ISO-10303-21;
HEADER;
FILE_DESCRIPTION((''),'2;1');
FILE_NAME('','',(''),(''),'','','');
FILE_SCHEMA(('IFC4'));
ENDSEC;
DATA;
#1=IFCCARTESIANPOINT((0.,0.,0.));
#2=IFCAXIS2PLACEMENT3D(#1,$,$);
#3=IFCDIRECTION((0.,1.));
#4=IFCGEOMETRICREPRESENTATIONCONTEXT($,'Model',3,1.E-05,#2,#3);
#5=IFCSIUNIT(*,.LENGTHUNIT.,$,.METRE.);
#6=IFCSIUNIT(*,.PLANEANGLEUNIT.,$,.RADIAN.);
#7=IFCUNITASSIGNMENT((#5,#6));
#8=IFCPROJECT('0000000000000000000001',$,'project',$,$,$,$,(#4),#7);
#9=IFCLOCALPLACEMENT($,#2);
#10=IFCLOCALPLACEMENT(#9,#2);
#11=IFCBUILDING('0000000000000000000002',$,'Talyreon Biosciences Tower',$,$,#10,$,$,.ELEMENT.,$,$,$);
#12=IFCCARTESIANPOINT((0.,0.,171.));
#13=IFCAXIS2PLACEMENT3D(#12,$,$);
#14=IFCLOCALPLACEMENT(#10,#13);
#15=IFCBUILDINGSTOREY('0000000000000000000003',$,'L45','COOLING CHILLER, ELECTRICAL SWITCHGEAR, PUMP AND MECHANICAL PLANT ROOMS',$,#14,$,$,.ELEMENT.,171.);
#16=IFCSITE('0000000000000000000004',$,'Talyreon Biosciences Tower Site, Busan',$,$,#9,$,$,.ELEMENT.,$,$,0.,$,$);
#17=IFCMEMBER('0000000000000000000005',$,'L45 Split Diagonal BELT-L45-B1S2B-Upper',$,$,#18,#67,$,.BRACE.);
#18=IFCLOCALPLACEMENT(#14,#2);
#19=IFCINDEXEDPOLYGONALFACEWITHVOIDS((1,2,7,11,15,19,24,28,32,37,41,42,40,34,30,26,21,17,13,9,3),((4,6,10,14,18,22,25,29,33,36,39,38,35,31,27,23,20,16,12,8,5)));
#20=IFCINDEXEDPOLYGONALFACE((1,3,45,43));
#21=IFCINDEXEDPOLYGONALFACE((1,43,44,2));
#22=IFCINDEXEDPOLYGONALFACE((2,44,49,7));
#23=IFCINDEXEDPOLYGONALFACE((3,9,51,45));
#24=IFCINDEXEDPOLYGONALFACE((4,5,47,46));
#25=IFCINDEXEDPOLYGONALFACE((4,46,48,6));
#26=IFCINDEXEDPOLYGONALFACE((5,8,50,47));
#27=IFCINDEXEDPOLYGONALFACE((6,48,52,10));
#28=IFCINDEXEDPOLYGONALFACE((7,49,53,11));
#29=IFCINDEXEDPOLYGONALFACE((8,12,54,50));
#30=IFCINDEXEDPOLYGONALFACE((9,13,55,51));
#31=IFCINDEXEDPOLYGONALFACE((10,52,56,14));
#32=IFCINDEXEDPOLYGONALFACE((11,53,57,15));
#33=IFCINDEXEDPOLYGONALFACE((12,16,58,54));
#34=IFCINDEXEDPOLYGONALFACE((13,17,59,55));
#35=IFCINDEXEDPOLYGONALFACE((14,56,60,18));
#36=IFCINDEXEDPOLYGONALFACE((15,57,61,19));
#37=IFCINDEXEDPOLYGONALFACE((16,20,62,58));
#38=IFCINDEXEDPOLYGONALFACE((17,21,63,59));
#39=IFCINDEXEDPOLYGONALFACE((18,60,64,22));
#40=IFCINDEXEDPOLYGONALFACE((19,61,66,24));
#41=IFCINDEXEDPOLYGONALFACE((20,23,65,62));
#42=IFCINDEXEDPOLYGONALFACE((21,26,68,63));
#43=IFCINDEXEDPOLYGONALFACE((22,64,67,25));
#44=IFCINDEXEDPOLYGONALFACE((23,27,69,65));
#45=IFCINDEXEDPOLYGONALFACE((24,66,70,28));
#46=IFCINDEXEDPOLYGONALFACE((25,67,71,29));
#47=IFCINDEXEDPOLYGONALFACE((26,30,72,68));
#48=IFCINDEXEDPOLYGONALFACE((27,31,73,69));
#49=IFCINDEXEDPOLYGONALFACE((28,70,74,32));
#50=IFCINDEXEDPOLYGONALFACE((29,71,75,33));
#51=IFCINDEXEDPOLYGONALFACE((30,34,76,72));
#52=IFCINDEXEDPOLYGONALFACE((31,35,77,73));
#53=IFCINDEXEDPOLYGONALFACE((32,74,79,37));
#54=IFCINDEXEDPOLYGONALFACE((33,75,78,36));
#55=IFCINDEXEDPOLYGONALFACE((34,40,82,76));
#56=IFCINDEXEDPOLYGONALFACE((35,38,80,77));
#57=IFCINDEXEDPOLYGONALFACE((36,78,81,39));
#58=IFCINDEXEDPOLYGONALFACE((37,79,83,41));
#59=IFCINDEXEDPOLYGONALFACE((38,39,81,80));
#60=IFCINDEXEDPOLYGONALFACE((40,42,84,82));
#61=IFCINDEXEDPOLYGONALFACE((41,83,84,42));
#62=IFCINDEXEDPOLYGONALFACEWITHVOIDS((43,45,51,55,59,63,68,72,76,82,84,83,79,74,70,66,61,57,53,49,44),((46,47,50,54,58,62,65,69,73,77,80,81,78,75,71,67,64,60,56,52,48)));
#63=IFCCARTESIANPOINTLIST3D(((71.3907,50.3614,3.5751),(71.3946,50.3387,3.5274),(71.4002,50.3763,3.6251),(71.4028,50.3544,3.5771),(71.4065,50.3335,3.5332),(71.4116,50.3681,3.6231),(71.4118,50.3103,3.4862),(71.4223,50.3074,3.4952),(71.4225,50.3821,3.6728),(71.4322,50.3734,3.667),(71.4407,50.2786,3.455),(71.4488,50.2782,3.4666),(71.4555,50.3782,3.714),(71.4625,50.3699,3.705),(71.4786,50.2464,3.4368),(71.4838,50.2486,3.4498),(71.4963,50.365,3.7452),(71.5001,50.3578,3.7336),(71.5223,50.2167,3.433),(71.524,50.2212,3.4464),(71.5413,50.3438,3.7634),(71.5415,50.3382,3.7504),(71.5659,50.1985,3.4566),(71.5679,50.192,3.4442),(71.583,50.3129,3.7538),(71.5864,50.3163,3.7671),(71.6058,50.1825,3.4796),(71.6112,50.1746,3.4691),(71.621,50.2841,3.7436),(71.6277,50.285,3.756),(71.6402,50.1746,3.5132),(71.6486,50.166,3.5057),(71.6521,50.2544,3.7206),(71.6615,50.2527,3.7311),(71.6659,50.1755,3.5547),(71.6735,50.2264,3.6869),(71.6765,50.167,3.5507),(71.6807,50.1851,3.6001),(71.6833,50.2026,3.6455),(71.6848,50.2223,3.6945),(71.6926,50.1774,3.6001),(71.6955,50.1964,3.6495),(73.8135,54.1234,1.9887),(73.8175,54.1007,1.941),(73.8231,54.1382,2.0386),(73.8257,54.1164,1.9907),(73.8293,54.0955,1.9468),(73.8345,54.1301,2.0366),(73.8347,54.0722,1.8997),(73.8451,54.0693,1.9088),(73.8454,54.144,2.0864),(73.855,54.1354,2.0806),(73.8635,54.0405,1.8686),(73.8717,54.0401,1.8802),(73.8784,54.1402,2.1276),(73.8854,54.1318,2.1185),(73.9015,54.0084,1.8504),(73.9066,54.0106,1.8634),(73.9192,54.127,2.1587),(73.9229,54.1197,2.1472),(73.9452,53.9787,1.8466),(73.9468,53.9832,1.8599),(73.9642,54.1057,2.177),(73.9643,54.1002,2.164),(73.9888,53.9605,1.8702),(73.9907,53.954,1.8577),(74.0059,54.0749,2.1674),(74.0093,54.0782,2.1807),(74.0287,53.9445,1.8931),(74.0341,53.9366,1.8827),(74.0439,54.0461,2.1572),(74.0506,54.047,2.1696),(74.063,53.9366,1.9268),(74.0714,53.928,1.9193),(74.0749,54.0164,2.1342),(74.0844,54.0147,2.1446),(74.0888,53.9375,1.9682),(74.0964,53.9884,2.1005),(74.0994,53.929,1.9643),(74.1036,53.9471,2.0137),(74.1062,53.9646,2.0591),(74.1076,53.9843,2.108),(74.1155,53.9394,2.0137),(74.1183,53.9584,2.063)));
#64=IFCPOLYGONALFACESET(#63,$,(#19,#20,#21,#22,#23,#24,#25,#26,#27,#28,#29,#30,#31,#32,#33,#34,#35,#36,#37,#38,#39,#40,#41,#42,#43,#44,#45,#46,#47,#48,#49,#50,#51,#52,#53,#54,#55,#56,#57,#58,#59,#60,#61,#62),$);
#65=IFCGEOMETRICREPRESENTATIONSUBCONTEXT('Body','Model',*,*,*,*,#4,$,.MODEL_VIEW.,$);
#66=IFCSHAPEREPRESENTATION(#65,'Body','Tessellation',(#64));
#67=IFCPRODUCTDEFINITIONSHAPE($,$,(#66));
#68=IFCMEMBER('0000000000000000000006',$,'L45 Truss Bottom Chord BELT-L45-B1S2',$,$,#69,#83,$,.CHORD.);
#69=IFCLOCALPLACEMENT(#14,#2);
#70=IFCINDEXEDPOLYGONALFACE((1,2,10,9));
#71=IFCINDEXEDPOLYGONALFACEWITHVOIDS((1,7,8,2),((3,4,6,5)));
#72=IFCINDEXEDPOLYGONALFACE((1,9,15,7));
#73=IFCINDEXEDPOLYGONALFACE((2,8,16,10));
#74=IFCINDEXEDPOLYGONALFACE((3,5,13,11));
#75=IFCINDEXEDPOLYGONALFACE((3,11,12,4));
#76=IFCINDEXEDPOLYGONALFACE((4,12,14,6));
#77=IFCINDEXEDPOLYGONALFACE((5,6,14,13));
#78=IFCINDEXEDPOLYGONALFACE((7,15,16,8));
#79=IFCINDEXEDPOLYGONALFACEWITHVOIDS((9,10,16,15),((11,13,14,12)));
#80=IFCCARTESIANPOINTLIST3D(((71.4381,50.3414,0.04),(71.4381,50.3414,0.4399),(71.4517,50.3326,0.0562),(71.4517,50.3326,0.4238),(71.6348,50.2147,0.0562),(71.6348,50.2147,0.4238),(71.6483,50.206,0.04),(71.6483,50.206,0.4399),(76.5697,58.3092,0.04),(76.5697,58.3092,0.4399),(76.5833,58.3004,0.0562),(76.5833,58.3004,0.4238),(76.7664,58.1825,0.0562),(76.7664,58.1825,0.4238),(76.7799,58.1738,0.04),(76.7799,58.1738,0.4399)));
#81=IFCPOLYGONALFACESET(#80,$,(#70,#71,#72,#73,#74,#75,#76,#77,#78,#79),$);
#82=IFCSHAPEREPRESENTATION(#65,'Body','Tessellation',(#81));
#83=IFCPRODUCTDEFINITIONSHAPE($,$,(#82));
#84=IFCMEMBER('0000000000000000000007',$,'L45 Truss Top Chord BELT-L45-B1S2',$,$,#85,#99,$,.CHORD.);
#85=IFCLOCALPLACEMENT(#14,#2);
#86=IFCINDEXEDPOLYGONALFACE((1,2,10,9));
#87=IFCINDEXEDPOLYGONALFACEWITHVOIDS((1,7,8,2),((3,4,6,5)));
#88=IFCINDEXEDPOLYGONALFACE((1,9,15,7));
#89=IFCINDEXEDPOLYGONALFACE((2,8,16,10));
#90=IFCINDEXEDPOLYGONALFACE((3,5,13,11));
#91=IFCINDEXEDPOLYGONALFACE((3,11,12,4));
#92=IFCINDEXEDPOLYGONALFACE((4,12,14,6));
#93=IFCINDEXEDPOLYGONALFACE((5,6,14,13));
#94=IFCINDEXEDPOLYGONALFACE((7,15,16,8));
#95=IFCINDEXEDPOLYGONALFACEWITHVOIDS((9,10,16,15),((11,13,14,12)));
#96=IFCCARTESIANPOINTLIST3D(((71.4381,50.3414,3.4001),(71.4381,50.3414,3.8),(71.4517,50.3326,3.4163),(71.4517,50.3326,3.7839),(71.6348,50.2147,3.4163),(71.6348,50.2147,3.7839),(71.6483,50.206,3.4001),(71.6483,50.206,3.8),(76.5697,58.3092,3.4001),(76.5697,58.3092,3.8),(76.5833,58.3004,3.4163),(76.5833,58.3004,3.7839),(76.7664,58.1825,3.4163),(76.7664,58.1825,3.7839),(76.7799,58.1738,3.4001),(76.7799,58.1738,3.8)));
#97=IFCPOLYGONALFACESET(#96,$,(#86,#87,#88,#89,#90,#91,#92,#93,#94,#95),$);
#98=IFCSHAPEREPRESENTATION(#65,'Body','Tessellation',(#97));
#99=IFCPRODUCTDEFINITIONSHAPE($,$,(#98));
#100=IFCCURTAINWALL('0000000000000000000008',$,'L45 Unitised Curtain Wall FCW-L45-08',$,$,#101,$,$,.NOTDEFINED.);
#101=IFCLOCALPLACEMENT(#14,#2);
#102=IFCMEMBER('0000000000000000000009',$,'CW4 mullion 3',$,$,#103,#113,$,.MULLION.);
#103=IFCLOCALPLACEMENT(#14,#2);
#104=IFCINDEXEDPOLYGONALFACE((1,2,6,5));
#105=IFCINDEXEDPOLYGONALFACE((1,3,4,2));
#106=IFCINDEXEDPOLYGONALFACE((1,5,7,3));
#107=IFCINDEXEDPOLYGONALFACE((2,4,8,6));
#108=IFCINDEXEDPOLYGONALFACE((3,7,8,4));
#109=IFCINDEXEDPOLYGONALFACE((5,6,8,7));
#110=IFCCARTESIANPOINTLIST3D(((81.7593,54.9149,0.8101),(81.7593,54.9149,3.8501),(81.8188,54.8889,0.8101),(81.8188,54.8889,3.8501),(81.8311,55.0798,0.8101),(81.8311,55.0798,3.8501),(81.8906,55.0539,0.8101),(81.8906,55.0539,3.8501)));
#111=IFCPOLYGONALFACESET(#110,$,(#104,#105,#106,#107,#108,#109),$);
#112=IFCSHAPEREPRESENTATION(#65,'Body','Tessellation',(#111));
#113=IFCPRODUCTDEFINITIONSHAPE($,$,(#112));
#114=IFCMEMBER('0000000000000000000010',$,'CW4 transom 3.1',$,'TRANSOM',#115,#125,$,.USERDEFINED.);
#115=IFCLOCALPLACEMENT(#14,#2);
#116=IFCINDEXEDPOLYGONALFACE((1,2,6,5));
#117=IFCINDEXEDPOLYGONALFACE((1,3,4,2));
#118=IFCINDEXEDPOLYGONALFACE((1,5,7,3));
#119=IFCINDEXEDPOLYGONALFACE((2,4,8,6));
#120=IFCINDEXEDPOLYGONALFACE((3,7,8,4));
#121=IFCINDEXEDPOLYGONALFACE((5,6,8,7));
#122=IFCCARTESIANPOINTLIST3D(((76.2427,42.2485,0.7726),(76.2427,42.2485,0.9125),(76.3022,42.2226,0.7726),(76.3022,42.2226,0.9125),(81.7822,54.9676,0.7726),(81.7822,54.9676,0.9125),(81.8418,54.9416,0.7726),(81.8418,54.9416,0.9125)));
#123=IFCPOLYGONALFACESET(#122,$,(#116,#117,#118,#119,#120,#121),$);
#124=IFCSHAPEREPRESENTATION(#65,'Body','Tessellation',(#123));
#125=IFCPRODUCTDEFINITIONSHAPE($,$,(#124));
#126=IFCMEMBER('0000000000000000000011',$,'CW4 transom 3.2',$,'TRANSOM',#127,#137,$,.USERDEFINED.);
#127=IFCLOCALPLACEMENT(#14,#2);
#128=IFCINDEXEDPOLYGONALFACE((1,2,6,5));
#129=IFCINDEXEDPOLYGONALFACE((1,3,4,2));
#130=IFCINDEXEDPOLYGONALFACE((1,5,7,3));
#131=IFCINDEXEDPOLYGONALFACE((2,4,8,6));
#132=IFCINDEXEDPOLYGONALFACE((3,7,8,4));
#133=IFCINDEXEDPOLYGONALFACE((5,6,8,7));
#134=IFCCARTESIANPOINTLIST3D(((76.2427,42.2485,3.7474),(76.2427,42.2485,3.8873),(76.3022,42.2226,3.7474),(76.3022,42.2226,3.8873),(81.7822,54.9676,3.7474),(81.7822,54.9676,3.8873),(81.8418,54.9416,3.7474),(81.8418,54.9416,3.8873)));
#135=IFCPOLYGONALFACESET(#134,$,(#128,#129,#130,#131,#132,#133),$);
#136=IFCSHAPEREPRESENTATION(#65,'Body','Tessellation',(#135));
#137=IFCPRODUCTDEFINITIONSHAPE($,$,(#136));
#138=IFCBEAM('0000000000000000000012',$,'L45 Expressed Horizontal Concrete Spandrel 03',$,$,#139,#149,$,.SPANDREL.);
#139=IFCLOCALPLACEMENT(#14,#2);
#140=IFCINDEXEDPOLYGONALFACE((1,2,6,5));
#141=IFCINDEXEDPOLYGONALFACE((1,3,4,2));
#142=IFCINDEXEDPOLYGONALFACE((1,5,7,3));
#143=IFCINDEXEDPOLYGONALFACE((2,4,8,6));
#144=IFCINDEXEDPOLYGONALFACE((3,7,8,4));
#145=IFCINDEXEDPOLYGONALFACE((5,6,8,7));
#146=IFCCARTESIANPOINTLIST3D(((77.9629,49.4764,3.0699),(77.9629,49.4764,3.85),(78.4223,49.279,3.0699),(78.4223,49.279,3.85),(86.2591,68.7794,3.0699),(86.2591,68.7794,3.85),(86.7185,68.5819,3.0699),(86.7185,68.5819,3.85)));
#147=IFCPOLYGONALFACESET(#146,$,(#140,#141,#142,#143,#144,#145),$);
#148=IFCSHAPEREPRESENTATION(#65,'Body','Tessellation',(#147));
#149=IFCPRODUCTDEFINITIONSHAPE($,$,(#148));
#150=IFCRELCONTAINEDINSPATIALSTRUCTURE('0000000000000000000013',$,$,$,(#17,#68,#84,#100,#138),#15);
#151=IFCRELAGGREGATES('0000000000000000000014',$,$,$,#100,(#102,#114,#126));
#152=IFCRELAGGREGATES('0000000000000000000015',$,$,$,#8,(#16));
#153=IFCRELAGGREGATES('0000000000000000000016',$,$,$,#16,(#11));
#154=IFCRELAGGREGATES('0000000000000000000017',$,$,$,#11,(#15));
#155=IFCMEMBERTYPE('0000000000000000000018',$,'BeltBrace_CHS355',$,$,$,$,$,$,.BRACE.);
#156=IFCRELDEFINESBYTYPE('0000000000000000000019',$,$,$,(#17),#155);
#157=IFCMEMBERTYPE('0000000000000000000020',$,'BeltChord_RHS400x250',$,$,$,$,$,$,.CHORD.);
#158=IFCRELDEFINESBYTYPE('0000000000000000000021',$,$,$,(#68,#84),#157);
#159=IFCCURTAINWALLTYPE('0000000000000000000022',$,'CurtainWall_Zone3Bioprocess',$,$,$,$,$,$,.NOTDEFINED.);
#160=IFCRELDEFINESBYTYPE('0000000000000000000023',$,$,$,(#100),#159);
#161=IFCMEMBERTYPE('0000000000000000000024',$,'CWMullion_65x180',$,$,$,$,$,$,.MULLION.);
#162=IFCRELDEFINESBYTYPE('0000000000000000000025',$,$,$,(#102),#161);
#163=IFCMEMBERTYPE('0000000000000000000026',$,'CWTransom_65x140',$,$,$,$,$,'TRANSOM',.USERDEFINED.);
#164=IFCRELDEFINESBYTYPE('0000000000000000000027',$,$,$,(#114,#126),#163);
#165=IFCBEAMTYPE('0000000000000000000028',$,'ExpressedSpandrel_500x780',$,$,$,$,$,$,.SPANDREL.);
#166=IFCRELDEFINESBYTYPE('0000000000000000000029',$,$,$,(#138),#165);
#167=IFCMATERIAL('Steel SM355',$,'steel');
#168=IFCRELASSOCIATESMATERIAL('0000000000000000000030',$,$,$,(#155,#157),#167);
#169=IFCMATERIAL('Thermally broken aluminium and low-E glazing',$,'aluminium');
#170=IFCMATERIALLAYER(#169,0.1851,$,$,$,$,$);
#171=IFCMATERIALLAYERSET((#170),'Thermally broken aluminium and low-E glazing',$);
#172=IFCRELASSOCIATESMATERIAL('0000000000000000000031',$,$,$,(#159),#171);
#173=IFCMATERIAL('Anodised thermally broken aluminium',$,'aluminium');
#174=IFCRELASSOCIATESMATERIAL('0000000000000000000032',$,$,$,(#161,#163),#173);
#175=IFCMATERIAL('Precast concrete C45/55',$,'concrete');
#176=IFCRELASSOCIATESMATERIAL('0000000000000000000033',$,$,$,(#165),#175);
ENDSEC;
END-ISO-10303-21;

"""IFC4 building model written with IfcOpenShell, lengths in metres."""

from ifc_helpers import new_model, si_unit, direction, frame, origin, origin_2d, place, context, subcontext, project, spatial, rectangle, hollow_rectangle, hollow_circle, extrude, material, layer, layer_set, material_profile, profile_set, type_object, element, aggregate, save


model = new_model("IFC4")

# Units and contexts
model_context = context("Model", 3, precision=1e-05, world=origin(), true_north=direction((0.0, 1.0)))
body_context = subcontext(model_context, "Body", "Model", "MODEL_VIEW")
ifc_project = project(units=[si_unit("LENGTHUNIT", "METRE"), si_unit("PLANEANGLEUNIT", "RADIAN")], contexts=[model_context])

# Site, building, storey
site_placement = place(None, origin())
site = spatial("IfcSite", under=ifc_project, at=site_placement, Name="Talyreon Biosciences Tower Site, Busan", CompositionType="ELEMENT", RefElevation=0.0)
building_placement = place(site_placement, origin())
building = spatial("IfcBuilding", under=site, at=building_placement, Name="Talyreon Biosciences Tower", CompositionType="ELEMENT")
storey_placement = place(building_placement, frame((0.0, 0.0, 171.0)))
storey = spatial("IfcBuildingStorey", under=building, at=storey_placement, Name="L45", Description="COOLING CHILLER, ELECTRICAL SWITCHGEAR, PUMP AND MECHANICAL PLANT ROOMS", CompositionType="ELEMENT", Elevation=171.0)

# Members
ifc_material_1 = material(Name="Steel SM355", Category="steel")
ifc_material_profile_1 = material_profile(ifc_material_1, hollow_circle(Radius=0.1777, WallThickness=0.0142, at=origin_2d()), Name="CHS 355.6x14.2")
ifc_profile_set_1 = profile_set([ifc_material_profile_1], Name="Steel SM355")
member_type_1 = type_object("IfcMemberType", Name="BeltBrace_CHS355", PredefinedType="BRACE", material=ifc_profile_set_1)
member_1_placement = place(storey_placement, frame((73.9661, 54.0356, 2.0137), z_axis=(-0.510336, -0.792399, 0.334156), x_axis=(0.840726, -0.541461, 0.0)))
element("IfcMember", 1, at=member_1_placement, inside=storey, type_object=member_type_1, Name="L45 Split Diagonal BELT-L45-B1S2B-Upper", PredefinedType="BRACE", context=body_context, shape_type="SweptSolid", body=[
    extrude(hollow_circle(Radius=0.1777, WallThickness=0.0142, at=origin_2d()), origin(), (0.0, 0.0, 1.0), 4.7476),
])
ifc_material_profile_2 = material_profile(ifc_material_1, hollow_rectangle(XDim=0.25, YDim=0.3999, WallThickness=0.0161, at=origin_2d()), Name="RHS 400x250x16")
ifc_profile_set_2 = profile_set([ifc_material_profile_2], Name="Steel SM355")
member_type_2 = type_object("IfcMemberType", Name="BeltChord_RHS400x250", PredefinedType="CHORD", material=ifc_profile_set_2)
for number, where, z_axis, x_axis, name in (
    (2, (71.5432, 50.2737, 0.24), (0.541463, 0.840725, 0.0), (-0.840725, 0.541463, 0.0), "L45 Truss Bottom Chord BELT-L45-B1S2"),
    (3, (71.5432, 50.2737, 3.6001), (0.541463, 0.840725, 0.0), (-0.840725, 0.541463, 0.0), "L45 Truss Top Chord BELT-L45-B1S2"),
):
    element("IfcMember", number, at=place(storey_placement, frame(where, z_axis=z_axis, x_axis=x_axis)), inside=storey, type_object=member_type_2, Name=name, PredefinedType="CHORD", context=body_context, shape_type="SweptSolid", body=[
        extrude(hollow_rectangle(XDim=0.25, YDim=0.3999, WallThickness=0.0161, at=origin_2d()), origin(), (0.0, 0.0, 1.0), 9.4773),
    ])

# Curtain wall, members
ifc_material_2 = material(Name="Thermally broken aluminium and low-E glazing", Category="aluminium")
ifc_layer_1 = layer(ifc_material_2, 0.1851)
ifc_layer_set_1 = layer_set([ifc_layer_1], Name="Thermally broken aluminium and low-E glazing")
curtain_wall_type = type_object("IfcCurtainWallType", Name="CurtainWall_Zone3Bioprocess", PredefinedType="NOTDEFINED", material=ifc_layer_set_1)
curtain_wall_placement = place(storey_placement, origin())
curtain_wall = element("IfcCurtainWall", 4, at=curtain_wall_placement, inside=storey, type_object=curtain_wall_type, Name="L45 Unitised Curtain Wall FCW-L45-08", PredefinedType="NOTDEFINED")
ifc_material_3 = material(Name="Anodised thermally broken aluminium", Category="aluminium")
ifc_material_profile_3 = material_profile(ifc_material_3, rectangle(XDim=0.0649, YDim=0.1799, at=origin_2d()), Name="ALUM MULLION 65x180")
ifc_profile_set_3 = profile_set([ifc_material_profile_3], Name="Anodised thermally broken aluminium")
member_type_3 = type_object("IfcMemberType", Name="CWMullion_65x180", PredefinedType="MULLION", material=ifc_profile_set_3)
member_2_placement = place(storey_placement, frame((81.825, 54.9844, 0.8101), z_axis=(0.0, 0.0, 1.0), x_axis=(0.91682, -0.3993, 0.0)))
member_2 = element("IfcMember", 5, at=member_2_placement, type_object=member_type_3, Name="CW4 mullion 3", PredefinedType="MULLION", context=body_context, shape_type="SweptSolid", body=[
    extrude(rectangle(XDim=0.0649, YDim=0.1799, at=origin_2d()), origin(), (0.0, 0.0, 1.0), 3.04),
])
ifc_material_profile_4 = material_profile(ifc_material_3, rectangle(XDim=0.0649, YDim=0.1399, at=origin_2d()), Name="ALUM TRANSOM 65x140")
ifc_profile_set_4 = profile_set([ifc_material_profile_4], Name="Anodised thermally broken aluminium")
member_type_4 = type_object("IfcMemberType", Name="CWTransom_65x140", ElementType="TRANSOM", PredefinedType="USERDEFINED", material=ifc_profile_set_4)
member_3_placement = place(storey_placement, frame((81.812, 54.9546, 0.8425), z_axis=(-0.399305, -0.916818, 0.0), x_axis=(0.916818, -0.399305, 0.0)))
member_3 = element("IfcMember", 6, at=member_3_placement, type_object=member_type_4, Name="CW4 transom 3.1", ObjectType="TRANSOM", PredefinedType="USERDEFINED", context=body_context, shape_type="SweptSolid", body=[
    extrude(rectangle(XDim=0.0649, YDim=0.1399, at=origin_2d()), origin(), (0.0, 0.0, 1.0), 13.873),
])
member_4_placement = place(storey_placement, frame((81.812, 54.9546, 3.8174), z_axis=(-0.399305, -0.916818, 0.0), x_axis=(0.916818, -0.399305, 0.0)))
member_4 = element("IfcMember", 7, at=member_4_placement, type_object=member_type_4, Name="CW4 transom 3.2", ObjectType="TRANSOM", PredefinedType="USERDEFINED", context=body_context, shape_type="SweptSolid", body=[
    extrude(rectangle(XDim=0.0649, YDim=0.1399, at=origin_2d()), origin(), (0.0, 0.0, 1.0), 13.873),
])
aggregate(curtain_wall, [member_2, member_3, member_4])

# Beam
ifc_material_4 = material(Name="Precast concrete C45/55", Category="concrete")
ifc_material_profile_5 = material_profile(ifc_material_4, rectangle(XDim=0.5, YDim=0.78, at=origin_2d()), Name="RCB 500x780")
ifc_profile_set_5 = profile_set([ifc_material_profile_5], Name="Precast concrete C45/55")
beam_type_1 = type_object("IfcBeamType", Name="ExpressedSpandrel_500x780", PredefinedType="SPANDREL", material=ifc_profile_set_5)
beam_1_placement = place(storey_placement, frame((78.1926, 49.3777, 3.46), z_axis=(0.394862, 0.918741, 0.0), x_axis=(-0.918741, 0.394862, 0.0)))
element("IfcBeam", 8, at=beam_1_placement, inside=storey, type_object=beam_type_1, Name="L45 Expressed Horizontal Concrete Spandrel 03", PredefinedType="SPANDREL", context=body_context, shape_type="SweptSolid", body=[
    extrude(rectangle(XDim=0.5, YDim=0.78, at=origin_2d()), origin(), (0.0, 0.0, 1.0), 21.0103),
])

save(model, "model.ifc")
